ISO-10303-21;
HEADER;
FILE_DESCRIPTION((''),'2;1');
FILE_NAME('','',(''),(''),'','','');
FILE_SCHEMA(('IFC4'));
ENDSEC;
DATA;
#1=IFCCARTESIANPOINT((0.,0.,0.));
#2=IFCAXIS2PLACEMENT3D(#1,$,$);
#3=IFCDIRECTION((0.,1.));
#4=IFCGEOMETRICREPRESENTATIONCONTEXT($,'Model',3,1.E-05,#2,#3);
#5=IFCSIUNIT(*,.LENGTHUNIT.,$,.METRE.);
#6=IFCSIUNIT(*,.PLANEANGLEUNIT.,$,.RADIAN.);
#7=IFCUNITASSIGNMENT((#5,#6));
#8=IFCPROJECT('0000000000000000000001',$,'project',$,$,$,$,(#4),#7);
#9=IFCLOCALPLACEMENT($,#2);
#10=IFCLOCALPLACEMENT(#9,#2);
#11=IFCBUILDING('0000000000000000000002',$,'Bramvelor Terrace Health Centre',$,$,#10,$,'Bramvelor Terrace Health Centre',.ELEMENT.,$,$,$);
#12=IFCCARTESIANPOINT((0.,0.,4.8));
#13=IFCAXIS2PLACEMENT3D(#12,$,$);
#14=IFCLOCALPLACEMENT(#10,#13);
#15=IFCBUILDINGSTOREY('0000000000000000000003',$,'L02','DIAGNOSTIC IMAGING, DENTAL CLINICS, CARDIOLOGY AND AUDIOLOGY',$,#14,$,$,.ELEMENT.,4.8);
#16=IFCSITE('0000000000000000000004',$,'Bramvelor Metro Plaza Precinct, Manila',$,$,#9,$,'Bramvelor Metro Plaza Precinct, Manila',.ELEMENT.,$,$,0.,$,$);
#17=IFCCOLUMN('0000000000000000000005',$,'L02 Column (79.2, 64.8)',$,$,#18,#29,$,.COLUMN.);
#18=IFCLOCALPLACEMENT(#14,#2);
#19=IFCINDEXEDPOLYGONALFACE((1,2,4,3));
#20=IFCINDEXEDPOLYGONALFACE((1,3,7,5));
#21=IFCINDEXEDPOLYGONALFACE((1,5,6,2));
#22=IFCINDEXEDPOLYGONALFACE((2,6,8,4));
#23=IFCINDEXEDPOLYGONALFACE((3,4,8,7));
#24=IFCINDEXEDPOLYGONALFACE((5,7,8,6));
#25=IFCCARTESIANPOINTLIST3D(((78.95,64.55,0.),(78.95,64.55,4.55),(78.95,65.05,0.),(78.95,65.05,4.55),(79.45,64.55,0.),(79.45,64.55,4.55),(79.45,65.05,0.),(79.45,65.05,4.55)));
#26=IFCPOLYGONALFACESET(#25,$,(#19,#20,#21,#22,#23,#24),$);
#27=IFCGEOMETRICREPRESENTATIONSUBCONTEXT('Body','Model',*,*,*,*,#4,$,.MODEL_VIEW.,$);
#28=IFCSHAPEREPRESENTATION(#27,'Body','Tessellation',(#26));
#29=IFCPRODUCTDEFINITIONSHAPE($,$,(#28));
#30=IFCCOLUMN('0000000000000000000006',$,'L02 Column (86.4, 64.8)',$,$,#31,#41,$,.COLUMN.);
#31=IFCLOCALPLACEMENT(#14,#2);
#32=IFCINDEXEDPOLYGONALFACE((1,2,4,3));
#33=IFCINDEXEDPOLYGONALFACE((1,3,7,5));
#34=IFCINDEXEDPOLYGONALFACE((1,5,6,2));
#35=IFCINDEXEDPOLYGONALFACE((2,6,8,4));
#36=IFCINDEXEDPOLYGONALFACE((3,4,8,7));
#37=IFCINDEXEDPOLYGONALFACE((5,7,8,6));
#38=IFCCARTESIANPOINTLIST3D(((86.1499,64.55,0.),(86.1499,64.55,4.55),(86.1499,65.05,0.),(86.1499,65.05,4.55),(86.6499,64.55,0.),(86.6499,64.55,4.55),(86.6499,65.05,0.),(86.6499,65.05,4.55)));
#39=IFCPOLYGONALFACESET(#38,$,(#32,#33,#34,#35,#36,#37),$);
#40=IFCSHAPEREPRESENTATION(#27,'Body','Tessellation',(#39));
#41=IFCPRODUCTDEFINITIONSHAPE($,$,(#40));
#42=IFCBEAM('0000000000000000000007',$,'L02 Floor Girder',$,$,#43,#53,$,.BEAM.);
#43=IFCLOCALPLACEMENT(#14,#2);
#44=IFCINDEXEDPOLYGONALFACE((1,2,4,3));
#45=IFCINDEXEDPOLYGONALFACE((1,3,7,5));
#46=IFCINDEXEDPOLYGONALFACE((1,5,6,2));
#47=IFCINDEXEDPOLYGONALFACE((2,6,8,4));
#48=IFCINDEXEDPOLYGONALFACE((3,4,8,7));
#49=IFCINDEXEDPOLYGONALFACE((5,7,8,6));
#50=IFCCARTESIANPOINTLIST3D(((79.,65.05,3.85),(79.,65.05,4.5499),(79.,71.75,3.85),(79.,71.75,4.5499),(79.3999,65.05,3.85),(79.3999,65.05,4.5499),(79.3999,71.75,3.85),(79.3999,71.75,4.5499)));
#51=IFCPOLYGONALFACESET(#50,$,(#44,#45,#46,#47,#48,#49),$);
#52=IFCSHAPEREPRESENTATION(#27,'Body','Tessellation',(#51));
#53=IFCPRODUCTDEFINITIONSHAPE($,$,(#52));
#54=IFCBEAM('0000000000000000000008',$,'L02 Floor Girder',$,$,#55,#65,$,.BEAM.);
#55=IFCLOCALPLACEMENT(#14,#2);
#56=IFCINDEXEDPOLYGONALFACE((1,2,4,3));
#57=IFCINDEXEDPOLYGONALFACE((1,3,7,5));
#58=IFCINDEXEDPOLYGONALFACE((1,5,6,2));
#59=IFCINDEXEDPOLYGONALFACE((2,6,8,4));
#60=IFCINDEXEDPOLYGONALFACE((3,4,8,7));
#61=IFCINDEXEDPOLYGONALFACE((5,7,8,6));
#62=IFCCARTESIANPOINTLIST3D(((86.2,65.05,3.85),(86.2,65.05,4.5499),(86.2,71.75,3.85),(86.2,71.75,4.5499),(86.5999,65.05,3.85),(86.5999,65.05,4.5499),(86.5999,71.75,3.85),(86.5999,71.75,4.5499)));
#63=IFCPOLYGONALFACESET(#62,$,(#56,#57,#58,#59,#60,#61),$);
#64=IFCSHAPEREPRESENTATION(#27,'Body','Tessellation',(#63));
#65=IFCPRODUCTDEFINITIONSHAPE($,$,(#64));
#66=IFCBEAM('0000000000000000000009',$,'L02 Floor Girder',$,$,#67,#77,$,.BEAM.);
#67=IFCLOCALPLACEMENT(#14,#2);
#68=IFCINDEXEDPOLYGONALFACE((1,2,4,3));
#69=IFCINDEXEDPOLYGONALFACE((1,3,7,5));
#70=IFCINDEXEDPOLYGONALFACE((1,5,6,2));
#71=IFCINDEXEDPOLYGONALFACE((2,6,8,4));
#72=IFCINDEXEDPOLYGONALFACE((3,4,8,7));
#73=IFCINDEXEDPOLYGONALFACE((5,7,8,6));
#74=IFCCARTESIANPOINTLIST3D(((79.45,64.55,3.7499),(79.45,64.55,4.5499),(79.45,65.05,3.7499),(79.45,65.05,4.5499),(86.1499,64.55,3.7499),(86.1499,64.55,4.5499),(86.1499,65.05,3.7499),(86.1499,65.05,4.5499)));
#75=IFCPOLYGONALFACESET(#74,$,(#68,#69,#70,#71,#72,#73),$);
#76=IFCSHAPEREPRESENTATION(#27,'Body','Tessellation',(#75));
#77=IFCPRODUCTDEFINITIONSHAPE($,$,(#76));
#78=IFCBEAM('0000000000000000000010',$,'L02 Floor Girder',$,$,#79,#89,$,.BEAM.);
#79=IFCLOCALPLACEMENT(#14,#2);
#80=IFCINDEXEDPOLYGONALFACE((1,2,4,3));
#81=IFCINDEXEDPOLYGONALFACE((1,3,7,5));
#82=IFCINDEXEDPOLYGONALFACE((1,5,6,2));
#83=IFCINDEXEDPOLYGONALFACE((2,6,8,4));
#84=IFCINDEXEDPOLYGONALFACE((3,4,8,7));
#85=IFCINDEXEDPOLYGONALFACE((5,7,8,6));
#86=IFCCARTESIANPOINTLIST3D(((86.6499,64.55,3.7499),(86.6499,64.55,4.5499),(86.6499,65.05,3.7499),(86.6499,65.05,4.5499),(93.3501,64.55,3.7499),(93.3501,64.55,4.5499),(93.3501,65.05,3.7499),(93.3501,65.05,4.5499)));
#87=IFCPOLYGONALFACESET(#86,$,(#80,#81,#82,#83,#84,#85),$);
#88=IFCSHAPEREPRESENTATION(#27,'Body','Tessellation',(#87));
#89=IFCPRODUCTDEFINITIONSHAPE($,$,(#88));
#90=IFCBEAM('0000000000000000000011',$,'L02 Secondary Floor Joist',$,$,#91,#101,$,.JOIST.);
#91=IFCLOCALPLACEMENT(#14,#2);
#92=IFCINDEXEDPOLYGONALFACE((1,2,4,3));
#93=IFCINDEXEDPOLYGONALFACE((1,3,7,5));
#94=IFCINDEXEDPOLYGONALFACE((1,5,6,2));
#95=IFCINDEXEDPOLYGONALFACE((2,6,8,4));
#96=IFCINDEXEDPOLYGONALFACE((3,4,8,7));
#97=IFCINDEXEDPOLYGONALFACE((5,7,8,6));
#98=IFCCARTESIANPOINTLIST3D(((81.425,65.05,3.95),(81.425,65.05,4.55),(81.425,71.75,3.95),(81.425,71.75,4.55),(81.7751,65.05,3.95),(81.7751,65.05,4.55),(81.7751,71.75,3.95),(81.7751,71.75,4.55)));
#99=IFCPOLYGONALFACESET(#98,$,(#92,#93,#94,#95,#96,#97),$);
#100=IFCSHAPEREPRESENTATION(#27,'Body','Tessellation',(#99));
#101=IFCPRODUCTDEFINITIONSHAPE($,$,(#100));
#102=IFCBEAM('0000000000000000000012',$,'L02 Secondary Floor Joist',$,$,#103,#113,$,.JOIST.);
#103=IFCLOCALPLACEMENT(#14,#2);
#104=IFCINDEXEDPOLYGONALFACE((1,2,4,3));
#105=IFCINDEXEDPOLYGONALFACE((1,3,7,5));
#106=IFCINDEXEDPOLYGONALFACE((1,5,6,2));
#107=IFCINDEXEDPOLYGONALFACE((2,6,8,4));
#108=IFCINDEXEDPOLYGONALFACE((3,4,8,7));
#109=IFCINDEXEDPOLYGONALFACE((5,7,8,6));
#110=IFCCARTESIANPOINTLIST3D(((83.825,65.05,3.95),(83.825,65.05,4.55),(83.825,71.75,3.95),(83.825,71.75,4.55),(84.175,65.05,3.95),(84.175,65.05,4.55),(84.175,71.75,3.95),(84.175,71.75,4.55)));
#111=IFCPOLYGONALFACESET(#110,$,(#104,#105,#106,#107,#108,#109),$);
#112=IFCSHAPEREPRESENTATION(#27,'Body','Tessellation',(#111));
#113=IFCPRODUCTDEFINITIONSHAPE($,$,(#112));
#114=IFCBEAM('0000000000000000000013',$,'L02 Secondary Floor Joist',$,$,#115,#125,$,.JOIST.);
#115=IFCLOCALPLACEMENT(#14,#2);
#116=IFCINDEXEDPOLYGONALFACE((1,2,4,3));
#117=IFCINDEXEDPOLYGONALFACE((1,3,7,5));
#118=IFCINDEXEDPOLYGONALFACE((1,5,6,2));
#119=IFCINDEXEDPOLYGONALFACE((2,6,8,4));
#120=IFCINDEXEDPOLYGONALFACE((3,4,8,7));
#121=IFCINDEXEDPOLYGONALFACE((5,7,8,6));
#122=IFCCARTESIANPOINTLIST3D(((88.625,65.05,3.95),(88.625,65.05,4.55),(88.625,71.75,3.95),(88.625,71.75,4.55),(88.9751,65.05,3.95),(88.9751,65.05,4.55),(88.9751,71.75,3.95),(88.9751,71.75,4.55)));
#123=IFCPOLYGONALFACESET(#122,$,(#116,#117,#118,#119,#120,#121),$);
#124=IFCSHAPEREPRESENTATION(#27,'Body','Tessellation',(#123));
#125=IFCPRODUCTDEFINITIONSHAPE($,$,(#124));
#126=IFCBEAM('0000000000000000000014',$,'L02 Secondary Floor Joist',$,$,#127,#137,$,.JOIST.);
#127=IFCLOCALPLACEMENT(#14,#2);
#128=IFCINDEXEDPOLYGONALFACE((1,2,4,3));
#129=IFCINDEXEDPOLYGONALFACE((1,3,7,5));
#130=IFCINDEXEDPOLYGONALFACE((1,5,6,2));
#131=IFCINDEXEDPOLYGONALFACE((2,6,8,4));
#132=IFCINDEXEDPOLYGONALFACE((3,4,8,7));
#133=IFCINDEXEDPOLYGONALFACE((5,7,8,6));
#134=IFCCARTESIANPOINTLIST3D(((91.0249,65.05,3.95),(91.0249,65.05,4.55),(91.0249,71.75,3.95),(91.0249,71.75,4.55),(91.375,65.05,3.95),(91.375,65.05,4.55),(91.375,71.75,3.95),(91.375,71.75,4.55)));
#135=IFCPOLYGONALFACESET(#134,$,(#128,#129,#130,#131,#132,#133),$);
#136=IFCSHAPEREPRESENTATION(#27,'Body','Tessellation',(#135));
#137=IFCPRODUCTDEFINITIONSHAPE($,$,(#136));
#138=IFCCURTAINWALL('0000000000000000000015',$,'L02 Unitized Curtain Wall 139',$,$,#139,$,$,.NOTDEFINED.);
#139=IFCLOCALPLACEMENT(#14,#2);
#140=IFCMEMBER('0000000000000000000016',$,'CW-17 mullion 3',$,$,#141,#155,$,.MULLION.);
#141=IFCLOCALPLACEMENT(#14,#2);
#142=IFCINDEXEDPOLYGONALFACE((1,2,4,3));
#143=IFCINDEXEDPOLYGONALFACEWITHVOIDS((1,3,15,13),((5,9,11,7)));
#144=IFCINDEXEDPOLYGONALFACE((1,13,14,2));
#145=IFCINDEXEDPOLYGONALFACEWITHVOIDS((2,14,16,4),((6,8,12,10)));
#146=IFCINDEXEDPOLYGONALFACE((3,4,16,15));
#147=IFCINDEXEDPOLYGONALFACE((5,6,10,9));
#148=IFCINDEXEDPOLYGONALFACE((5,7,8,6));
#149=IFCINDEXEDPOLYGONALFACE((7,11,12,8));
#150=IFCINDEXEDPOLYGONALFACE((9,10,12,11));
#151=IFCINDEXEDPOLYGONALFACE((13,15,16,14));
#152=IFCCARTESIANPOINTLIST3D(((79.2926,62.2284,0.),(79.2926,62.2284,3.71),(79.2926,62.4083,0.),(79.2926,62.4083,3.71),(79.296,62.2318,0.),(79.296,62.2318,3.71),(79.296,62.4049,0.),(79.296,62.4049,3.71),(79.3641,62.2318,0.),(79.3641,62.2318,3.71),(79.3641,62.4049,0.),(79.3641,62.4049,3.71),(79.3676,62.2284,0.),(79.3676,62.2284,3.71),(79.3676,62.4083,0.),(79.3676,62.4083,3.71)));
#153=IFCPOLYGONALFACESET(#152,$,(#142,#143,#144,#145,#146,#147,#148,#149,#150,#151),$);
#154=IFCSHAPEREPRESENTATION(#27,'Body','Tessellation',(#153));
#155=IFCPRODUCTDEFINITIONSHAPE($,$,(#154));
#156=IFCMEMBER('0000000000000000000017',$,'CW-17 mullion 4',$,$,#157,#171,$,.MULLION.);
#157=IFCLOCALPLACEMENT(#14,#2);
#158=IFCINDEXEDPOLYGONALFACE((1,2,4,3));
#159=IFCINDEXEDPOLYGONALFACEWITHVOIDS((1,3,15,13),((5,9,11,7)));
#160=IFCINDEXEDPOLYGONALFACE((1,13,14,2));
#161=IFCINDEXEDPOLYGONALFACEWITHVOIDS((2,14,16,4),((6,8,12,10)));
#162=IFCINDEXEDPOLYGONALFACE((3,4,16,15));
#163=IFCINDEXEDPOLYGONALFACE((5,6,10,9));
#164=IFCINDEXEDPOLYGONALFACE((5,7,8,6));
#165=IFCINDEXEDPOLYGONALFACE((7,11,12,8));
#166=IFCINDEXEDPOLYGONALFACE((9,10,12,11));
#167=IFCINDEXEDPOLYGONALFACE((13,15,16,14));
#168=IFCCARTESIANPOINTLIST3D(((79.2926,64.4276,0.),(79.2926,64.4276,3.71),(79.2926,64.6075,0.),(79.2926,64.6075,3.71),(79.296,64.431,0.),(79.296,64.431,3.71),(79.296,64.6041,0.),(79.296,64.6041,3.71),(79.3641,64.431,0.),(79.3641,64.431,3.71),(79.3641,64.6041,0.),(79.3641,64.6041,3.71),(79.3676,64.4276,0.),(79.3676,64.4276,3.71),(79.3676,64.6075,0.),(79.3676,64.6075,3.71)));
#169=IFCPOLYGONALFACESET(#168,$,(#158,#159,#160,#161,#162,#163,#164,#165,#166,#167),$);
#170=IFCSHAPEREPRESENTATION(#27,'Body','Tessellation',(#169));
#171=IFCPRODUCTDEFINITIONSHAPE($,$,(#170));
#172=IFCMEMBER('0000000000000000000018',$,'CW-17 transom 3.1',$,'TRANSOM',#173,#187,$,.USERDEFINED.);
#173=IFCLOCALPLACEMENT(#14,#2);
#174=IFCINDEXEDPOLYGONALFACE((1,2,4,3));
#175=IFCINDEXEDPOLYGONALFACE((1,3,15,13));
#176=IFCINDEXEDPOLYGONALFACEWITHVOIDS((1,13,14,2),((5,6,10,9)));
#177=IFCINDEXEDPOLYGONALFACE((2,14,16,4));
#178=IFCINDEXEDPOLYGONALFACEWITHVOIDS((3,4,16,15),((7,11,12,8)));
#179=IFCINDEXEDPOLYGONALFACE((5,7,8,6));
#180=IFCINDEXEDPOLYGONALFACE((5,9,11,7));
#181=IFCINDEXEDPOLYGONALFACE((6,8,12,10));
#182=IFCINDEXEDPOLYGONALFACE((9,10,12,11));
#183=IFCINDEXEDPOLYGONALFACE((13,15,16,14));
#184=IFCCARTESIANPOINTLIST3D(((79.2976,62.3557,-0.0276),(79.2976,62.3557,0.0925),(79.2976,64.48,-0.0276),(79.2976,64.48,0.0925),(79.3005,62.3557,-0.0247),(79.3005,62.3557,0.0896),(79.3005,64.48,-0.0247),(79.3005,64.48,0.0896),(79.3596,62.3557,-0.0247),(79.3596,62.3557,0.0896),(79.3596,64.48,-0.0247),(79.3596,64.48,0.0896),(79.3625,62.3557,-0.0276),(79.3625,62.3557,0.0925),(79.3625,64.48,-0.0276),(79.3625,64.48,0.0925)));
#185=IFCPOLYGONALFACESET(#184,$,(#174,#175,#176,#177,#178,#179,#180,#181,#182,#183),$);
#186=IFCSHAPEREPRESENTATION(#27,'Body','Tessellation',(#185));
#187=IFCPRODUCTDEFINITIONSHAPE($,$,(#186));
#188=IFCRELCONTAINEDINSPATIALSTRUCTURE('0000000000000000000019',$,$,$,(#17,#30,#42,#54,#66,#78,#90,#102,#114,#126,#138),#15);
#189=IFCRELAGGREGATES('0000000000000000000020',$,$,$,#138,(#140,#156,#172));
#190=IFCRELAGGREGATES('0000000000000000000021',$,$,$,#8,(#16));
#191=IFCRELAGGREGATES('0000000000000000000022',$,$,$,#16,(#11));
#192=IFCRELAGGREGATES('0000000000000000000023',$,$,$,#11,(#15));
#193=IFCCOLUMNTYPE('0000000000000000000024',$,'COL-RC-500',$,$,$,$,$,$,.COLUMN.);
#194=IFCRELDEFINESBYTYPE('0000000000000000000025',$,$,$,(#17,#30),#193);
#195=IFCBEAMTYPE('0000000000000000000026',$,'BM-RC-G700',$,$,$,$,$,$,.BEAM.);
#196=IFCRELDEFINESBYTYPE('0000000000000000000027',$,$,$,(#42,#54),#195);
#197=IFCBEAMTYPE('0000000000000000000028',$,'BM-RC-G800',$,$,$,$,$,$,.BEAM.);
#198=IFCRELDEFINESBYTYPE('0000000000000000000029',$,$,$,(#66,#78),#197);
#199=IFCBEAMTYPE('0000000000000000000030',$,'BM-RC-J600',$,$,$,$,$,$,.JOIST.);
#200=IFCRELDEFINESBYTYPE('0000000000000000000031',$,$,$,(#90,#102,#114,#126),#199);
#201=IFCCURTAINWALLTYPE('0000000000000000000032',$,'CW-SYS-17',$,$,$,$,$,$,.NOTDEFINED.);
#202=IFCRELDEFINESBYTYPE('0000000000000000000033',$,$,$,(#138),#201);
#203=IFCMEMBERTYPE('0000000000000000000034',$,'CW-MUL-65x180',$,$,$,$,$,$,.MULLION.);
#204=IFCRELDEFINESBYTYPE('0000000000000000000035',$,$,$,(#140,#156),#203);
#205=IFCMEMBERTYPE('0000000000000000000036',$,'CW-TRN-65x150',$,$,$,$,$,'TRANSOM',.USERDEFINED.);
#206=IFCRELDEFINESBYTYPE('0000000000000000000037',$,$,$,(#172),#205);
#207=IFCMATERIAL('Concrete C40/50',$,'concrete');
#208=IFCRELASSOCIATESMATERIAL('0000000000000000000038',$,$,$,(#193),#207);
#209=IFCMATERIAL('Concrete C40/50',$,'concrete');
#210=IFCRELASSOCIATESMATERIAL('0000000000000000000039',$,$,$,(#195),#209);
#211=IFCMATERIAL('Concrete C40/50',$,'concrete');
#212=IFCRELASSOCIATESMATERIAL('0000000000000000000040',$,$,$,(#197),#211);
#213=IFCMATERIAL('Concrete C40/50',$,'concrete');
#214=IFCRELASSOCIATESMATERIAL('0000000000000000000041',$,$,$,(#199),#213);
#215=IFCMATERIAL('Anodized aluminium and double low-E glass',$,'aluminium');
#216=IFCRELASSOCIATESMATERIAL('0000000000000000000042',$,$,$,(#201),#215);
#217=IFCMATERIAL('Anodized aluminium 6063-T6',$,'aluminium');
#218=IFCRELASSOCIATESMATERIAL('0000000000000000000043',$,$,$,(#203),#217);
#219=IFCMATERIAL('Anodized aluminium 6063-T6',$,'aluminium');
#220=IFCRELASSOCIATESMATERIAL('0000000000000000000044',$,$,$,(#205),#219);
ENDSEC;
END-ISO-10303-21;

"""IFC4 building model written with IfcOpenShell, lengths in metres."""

from ifc_helpers import new_model, si_unit, direction, frame, origin, origin_2d, place, context, subcontext, project, spatial, rectangle, hollow_rectangle, extrude, material, material_profile, profile_set, type_object, element, aggregate, save


model = new_model("IFC4")

# Units and contexts
model_context = context("Model", 3, precision=1e-05, world=origin(), true_north=direction((0.0, 1.0)))
body_context = subcontext(model_context, "Body", "Model", "MODEL_VIEW")
ifc_project = project(units=[si_unit("LENGTHUNIT", "METRE"), si_unit("PLANEANGLEUNIT", "RADIAN")], contexts=[model_context])

# Site, building, storey
site_placement = place(None, origin())
site = spatial("IfcSite", under=ifc_project, at=site_placement, Name="Bramvelor Metro Plaza Precinct, Manila", LongName="Bramvelor Metro Plaza Precinct, Manila", CompositionType="ELEMENT", RefElevation=0.0)
building_placement = place(site_placement, origin())
building = spatial("IfcBuilding", under=site, at=building_placement, Name="Bramvelor Terrace Health Centre", LongName="Bramvelor Terrace Health Centre", CompositionType="ELEMENT")
storey_placement = place(building_placement, frame((0.0, 0.0, 4.8)))
storey = spatial("IfcBuildingStorey", under=building, at=storey_placement, Name="L02", Description="DIAGNOSTIC IMAGING, DENTAL CLINICS, CARDIOLOGY AND AUDIOLOGY", CompositionType="ELEMENT", Elevation=4.8)

# Columns
ifc_material_1 = material(Name="Concrete C40/50", Category="concrete")
ifc_material_profile_1 = material_profile(ifc_material_1, rectangle(XDim=0.5, YDim=0.5, at=origin_2d()), Name="RC 500x500")
ifc_profile_set_1 = profile_set([ifc_material_profile_1], Name="Concrete C40/50")
column_type = type_object("IfcColumnType", Name="COL-RC-500", PredefinedType="COLUMN", material=ifc_profile_set_1)
for number, where, z_axis, x_axis, name in (
    (1, (79.2, 64.8, 0.0), (0.0, 0.0, 1.0), (1.0, 0.0, 0.0), "L02 Column (79.2, 64.8)"),
    (2, (86.3999, 64.8, 0.0), (0.0, 0.0, 1.0), (1.0, 0.0, 0.0), "L02 Column (86.4, 64.8)"),
):
    element("IfcColumn", number, at=place(storey_placement, frame(where, z_axis=z_axis, x_axis=x_axis)), inside=storey, type_object=column_type, Name=name, PredefinedType="COLUMN", context=body_context, shape_type="SweptSolid", body=[
        extrude(rectangle(XDim=0.5, YDim=0.5, at=origin_2d()), origin(), (0.0, 0.0, 1.0), 4.55),
    ])

# Beams
ifc_material_2 = material(Name="Concrete C40/50", Category="concrete")
ifc_material_profile_2 = material_profile(ifc_material_2, rectangle(XDim=0.3999, YDim=0.7, at=origin_2d()), Name="RC 400x700")
ifc_profile_set_2 = profile_set([ifc_material_profile_2], Name="Concrete C40/50")
beam_type_1 = type_object("IfcBeamType", Name="BM-RC-G700", PredefinedType="BEAM", material=ifc_profile_set_2)
for number, where, z_axis, x_axis, name in (
    (3, (79.2, 65.05, 4.2), (0.0, 1.0, 0.0), (-1.0, 0.0, 0.0), "L02 Floor Girder"),
    (4, (86.3999, 65.05, 4.2), (0.0, 1.0, 0.0), (-1.0, 0.0, 0.0), "L02 Floor Girder"),
):
    element("IfcBeam", number, at=place(storey_placement, frame(where, z_axis=z_axis, x_axis=x_axis)), inside=storey, type_object=beam_type_1, Name=name, PredefinedType="BEAM", context=body_context, shape_type="SweptSolid", body=[
        extrude(rectangle(XDim=0.3999, YDim=0.7, at=origin_2d()), origin(), (0.0, 0.0, 1.0), 6.7),
    ])
ifc_material_3 = material(Name="Concrete C40/50", Category="concrete")
ifc_material_profile_3 = material_profile(ifc_material_3, rectangle(XDim=0.5, YDim=0.8, at=origin_2d()), Name="RC 500x800")
ifc_profile_set_3 = profile_set([ifc_material_profile_3], Name="Concrete C40/50")
beam_type_2 = type_object("IfcBeamType", Name="BM-RC-G800", PredefinedType="BEAM", material=ifc_profile_set_3)
beam_1_placement = place(storey_placement, frame((79.45, 64.8, 4.1499), z_axis=(1.0, 0.0, 0.0), x_axis=(0.0, 1.0, 0.0)))
element("IfcBeam", 5, at=beam_1_placement, inside=storey, type_object=beam_type_2, Name="L02 Floor Girder", PredefinedType="BEAM", context=body_context, shape_type="SweptSolid", body=[
    extrude(rectangle(XDim=0.5, YDim=0.8, at=origin_2d()), origin(), (0.0, 0.0, 1.0), 6.7),
])
beam_2_placement = place(storey_placement, frame((86.6499, 64.8, 4.1499), z_axis=(1.0, 0.0, 0.0), x_axis=(0.0, 1.0, 0.0)))
element("IfcBeam", 6, at=beam_2_placement, inside=storey, type_object=beam_type_2, Name="L02 Floor Girder", PredefinedType="BEAM", context=body_context, shape_type="SweptSolid", body=[
    extrude(rectangle(XDim=0.5, YDim=0.8, at=origin_2d()), origin(), (0.0, 0.0, 1.0), 6.7002),
])
ifc_material_4 = material(Name="Concrete C40/50", Category="concrete")
ifc_material_profile_4 = material_profile(ifc_material_4, rectangle(XDim=0.3501, YDim=0.6001, at=origin_2d()), Name="RC 350x600")
ifc_profile_set_4 = profile_set([ifc_material_profile_4], Name="Concrete C40/50")
beam_type_3 = type_object("IfcBeamType", Name="BM-RC-J600", PredefinedType="JOIST", material=ifc_profile_set_4)
for number, where, z_axis, x_axis, name in (
    (7, (81.6001, 65.05, 4.25), (0.0, 1.0, 0.0), (-1.0, 0.0, 0.0), "L02 Secondary Floor Joist"),
    (8, (84.0, 65.05, 4.25), (0.0, 1.0, 0.0), (-1.0, 0.0, 0.0), "L02 Secondary Floor Joist"),
    (9, (88.8, 65.05, 4.25), (0.0, 1.0, 0.0), (-1.0, 0.0, 0.0), "L02 Secondary Floor Joist"),
    (10, (91.2, 65.05, 4.25), (0.0, 1.0, 0.0), (-1.0, 0.0, 0.0), "L02 Secondary Floor Joist"),
):
    element("IfcBeam", number, at=place(storey_placement, frame(where, z_axis=z_axis, x_axis=x_axis)), inside=storey, type_object=beam_type_3, Name=name, PredefinedType="JOIST", context=body_context, shape_type="SweptSolid", body=[
        extrude(rectangle(XDim=0.3501, YDim=0.6001, at=origin_2d()), origin(), (0.0, 0.0, 1.0), 6.7),
    ])

# Curtain wall, members
ifc_material_5 = material(Name="Anodized aluminium and double low-E glass", Category="aluminium")
curtain_wall_type = type_object("IfcCurtainWallType", Name="CW-SYS-17", PredefinedType="NOTDEFINED", material=ifc_material_5)
curtain_wall_placement = place(storey_placement, origin())
curtain_wall = element("IfcCurtainWall", 11, at=curtain_wall_placement, inside=storey, type_object=curtain_wall_type, Name="L02 Unitized Curtain Wall 139", PredefinedType="NOTDEFINED")
ifc_material_6 = material(Name="Anodized aluminium 6063-T6", Category="aluminium")
ifc_material_profile_5 = material_profile(ifc_material_6, hollow_rectangle(XDim=0.075, YDim=0.1799, WallThickness=0.0034, at=origin_2d()), Name="ALU-MUL 75x180x3.5")
ifc_profile_set_5 = profile_set([ifc_material_profile_5], Name="Anodized aluminium 6063-T6")
member_type_1 = type_object("IfcMemberType", Name="CW-MUL-65x180", PredefinedType="MULLION", material=ifc_profile_set_5)
member_1_placement = place(storey_placement, frame((79.3301, 62.3184, 0.0), z_axis=(0.0, 0.0, 1.0), x_axis=(-1.0, 0.0, 0.0)))
member_1 = element("IfcMember", 12, at=member_1_placement, type_object=member_type_1, Name="CW-17 mullion 3", PredefinedType="MULLION", context=body_context, shape_type="SweptSolid", body=[
    extrude(hollow_rectangle(XDim=0.075, YDim=0.1799, WallThickness=0.0034, at=origin_2d()), origin(), (0.0, 0.0, 1.0), 3.71),
])
member_2_placement = place(storey_placement, frame((79.3301, 64.5176, 0.0), z_axis=(0.0, 0.0, 1.0), x_axis=(-1.0, 0.0, 0.0)))
member_2 = element("IfcMember", 13, at=member_2_placement, type_object=member_type_1, Name="CW-17 mullion 4", PredefinedType="MULLION", context=body_context, shape_type="SweptSolid", body=[
    extrude(hollow_rectangle(XDim=0.075, YDim=0.1799, WallThickness=0.0034, at=origin_2d()), origin(), (0.0, 0.0, 1.0), 3.71),
])
ifc_material_7 = material(Name="Anodized aluminium 6063-T6", Category="aluminium")
ifc_material_profile_6 = material_profile(ifc_material_7, hollow_rectangle(XDim=0.0649, YDim=0.1201, WallThickness=0.0029, at=origin_2d()), Name="ALU-TRN 65x120x3.0")
ifc_profile_set_6 = profile_set([ifc_material_profile_6], Name="Anodized aluminium 6063-T6")
member_type_2 = type_object("IfcMemberType", Name="CW-TRN-65x150", ElementType="TRANSOM", PredefinedType="USERDEFINED", material=ifc_profile_set_6)
member_3_placement = place(storey_placement, frame((79.3301, 62.3557, 0.0325), z_axis=(0.0, 1.0, 0.0), x_axis=(-1.0, 0.0, 0.0)))
member_3 = element("IfcMember", 14, at=member_3_placement, type_object=member_type_2, Name="CW-17 transom 3.1", ObjectType="TRANSOM", PredefinedType="USERDEFINED", context=body_context, shape_type="SweptSolid", body=[
    extrude(hollow_rectangle(XDim=0.0649, YDim=0.1201, WallThickness=0.0029, at=origin_2d()), origin(), (0.0, 0.0, 1.0), 2.1243),
])
aggregate(curtain_wall, [member_1, member_2, member_3])

save(model, "model.ifc")
